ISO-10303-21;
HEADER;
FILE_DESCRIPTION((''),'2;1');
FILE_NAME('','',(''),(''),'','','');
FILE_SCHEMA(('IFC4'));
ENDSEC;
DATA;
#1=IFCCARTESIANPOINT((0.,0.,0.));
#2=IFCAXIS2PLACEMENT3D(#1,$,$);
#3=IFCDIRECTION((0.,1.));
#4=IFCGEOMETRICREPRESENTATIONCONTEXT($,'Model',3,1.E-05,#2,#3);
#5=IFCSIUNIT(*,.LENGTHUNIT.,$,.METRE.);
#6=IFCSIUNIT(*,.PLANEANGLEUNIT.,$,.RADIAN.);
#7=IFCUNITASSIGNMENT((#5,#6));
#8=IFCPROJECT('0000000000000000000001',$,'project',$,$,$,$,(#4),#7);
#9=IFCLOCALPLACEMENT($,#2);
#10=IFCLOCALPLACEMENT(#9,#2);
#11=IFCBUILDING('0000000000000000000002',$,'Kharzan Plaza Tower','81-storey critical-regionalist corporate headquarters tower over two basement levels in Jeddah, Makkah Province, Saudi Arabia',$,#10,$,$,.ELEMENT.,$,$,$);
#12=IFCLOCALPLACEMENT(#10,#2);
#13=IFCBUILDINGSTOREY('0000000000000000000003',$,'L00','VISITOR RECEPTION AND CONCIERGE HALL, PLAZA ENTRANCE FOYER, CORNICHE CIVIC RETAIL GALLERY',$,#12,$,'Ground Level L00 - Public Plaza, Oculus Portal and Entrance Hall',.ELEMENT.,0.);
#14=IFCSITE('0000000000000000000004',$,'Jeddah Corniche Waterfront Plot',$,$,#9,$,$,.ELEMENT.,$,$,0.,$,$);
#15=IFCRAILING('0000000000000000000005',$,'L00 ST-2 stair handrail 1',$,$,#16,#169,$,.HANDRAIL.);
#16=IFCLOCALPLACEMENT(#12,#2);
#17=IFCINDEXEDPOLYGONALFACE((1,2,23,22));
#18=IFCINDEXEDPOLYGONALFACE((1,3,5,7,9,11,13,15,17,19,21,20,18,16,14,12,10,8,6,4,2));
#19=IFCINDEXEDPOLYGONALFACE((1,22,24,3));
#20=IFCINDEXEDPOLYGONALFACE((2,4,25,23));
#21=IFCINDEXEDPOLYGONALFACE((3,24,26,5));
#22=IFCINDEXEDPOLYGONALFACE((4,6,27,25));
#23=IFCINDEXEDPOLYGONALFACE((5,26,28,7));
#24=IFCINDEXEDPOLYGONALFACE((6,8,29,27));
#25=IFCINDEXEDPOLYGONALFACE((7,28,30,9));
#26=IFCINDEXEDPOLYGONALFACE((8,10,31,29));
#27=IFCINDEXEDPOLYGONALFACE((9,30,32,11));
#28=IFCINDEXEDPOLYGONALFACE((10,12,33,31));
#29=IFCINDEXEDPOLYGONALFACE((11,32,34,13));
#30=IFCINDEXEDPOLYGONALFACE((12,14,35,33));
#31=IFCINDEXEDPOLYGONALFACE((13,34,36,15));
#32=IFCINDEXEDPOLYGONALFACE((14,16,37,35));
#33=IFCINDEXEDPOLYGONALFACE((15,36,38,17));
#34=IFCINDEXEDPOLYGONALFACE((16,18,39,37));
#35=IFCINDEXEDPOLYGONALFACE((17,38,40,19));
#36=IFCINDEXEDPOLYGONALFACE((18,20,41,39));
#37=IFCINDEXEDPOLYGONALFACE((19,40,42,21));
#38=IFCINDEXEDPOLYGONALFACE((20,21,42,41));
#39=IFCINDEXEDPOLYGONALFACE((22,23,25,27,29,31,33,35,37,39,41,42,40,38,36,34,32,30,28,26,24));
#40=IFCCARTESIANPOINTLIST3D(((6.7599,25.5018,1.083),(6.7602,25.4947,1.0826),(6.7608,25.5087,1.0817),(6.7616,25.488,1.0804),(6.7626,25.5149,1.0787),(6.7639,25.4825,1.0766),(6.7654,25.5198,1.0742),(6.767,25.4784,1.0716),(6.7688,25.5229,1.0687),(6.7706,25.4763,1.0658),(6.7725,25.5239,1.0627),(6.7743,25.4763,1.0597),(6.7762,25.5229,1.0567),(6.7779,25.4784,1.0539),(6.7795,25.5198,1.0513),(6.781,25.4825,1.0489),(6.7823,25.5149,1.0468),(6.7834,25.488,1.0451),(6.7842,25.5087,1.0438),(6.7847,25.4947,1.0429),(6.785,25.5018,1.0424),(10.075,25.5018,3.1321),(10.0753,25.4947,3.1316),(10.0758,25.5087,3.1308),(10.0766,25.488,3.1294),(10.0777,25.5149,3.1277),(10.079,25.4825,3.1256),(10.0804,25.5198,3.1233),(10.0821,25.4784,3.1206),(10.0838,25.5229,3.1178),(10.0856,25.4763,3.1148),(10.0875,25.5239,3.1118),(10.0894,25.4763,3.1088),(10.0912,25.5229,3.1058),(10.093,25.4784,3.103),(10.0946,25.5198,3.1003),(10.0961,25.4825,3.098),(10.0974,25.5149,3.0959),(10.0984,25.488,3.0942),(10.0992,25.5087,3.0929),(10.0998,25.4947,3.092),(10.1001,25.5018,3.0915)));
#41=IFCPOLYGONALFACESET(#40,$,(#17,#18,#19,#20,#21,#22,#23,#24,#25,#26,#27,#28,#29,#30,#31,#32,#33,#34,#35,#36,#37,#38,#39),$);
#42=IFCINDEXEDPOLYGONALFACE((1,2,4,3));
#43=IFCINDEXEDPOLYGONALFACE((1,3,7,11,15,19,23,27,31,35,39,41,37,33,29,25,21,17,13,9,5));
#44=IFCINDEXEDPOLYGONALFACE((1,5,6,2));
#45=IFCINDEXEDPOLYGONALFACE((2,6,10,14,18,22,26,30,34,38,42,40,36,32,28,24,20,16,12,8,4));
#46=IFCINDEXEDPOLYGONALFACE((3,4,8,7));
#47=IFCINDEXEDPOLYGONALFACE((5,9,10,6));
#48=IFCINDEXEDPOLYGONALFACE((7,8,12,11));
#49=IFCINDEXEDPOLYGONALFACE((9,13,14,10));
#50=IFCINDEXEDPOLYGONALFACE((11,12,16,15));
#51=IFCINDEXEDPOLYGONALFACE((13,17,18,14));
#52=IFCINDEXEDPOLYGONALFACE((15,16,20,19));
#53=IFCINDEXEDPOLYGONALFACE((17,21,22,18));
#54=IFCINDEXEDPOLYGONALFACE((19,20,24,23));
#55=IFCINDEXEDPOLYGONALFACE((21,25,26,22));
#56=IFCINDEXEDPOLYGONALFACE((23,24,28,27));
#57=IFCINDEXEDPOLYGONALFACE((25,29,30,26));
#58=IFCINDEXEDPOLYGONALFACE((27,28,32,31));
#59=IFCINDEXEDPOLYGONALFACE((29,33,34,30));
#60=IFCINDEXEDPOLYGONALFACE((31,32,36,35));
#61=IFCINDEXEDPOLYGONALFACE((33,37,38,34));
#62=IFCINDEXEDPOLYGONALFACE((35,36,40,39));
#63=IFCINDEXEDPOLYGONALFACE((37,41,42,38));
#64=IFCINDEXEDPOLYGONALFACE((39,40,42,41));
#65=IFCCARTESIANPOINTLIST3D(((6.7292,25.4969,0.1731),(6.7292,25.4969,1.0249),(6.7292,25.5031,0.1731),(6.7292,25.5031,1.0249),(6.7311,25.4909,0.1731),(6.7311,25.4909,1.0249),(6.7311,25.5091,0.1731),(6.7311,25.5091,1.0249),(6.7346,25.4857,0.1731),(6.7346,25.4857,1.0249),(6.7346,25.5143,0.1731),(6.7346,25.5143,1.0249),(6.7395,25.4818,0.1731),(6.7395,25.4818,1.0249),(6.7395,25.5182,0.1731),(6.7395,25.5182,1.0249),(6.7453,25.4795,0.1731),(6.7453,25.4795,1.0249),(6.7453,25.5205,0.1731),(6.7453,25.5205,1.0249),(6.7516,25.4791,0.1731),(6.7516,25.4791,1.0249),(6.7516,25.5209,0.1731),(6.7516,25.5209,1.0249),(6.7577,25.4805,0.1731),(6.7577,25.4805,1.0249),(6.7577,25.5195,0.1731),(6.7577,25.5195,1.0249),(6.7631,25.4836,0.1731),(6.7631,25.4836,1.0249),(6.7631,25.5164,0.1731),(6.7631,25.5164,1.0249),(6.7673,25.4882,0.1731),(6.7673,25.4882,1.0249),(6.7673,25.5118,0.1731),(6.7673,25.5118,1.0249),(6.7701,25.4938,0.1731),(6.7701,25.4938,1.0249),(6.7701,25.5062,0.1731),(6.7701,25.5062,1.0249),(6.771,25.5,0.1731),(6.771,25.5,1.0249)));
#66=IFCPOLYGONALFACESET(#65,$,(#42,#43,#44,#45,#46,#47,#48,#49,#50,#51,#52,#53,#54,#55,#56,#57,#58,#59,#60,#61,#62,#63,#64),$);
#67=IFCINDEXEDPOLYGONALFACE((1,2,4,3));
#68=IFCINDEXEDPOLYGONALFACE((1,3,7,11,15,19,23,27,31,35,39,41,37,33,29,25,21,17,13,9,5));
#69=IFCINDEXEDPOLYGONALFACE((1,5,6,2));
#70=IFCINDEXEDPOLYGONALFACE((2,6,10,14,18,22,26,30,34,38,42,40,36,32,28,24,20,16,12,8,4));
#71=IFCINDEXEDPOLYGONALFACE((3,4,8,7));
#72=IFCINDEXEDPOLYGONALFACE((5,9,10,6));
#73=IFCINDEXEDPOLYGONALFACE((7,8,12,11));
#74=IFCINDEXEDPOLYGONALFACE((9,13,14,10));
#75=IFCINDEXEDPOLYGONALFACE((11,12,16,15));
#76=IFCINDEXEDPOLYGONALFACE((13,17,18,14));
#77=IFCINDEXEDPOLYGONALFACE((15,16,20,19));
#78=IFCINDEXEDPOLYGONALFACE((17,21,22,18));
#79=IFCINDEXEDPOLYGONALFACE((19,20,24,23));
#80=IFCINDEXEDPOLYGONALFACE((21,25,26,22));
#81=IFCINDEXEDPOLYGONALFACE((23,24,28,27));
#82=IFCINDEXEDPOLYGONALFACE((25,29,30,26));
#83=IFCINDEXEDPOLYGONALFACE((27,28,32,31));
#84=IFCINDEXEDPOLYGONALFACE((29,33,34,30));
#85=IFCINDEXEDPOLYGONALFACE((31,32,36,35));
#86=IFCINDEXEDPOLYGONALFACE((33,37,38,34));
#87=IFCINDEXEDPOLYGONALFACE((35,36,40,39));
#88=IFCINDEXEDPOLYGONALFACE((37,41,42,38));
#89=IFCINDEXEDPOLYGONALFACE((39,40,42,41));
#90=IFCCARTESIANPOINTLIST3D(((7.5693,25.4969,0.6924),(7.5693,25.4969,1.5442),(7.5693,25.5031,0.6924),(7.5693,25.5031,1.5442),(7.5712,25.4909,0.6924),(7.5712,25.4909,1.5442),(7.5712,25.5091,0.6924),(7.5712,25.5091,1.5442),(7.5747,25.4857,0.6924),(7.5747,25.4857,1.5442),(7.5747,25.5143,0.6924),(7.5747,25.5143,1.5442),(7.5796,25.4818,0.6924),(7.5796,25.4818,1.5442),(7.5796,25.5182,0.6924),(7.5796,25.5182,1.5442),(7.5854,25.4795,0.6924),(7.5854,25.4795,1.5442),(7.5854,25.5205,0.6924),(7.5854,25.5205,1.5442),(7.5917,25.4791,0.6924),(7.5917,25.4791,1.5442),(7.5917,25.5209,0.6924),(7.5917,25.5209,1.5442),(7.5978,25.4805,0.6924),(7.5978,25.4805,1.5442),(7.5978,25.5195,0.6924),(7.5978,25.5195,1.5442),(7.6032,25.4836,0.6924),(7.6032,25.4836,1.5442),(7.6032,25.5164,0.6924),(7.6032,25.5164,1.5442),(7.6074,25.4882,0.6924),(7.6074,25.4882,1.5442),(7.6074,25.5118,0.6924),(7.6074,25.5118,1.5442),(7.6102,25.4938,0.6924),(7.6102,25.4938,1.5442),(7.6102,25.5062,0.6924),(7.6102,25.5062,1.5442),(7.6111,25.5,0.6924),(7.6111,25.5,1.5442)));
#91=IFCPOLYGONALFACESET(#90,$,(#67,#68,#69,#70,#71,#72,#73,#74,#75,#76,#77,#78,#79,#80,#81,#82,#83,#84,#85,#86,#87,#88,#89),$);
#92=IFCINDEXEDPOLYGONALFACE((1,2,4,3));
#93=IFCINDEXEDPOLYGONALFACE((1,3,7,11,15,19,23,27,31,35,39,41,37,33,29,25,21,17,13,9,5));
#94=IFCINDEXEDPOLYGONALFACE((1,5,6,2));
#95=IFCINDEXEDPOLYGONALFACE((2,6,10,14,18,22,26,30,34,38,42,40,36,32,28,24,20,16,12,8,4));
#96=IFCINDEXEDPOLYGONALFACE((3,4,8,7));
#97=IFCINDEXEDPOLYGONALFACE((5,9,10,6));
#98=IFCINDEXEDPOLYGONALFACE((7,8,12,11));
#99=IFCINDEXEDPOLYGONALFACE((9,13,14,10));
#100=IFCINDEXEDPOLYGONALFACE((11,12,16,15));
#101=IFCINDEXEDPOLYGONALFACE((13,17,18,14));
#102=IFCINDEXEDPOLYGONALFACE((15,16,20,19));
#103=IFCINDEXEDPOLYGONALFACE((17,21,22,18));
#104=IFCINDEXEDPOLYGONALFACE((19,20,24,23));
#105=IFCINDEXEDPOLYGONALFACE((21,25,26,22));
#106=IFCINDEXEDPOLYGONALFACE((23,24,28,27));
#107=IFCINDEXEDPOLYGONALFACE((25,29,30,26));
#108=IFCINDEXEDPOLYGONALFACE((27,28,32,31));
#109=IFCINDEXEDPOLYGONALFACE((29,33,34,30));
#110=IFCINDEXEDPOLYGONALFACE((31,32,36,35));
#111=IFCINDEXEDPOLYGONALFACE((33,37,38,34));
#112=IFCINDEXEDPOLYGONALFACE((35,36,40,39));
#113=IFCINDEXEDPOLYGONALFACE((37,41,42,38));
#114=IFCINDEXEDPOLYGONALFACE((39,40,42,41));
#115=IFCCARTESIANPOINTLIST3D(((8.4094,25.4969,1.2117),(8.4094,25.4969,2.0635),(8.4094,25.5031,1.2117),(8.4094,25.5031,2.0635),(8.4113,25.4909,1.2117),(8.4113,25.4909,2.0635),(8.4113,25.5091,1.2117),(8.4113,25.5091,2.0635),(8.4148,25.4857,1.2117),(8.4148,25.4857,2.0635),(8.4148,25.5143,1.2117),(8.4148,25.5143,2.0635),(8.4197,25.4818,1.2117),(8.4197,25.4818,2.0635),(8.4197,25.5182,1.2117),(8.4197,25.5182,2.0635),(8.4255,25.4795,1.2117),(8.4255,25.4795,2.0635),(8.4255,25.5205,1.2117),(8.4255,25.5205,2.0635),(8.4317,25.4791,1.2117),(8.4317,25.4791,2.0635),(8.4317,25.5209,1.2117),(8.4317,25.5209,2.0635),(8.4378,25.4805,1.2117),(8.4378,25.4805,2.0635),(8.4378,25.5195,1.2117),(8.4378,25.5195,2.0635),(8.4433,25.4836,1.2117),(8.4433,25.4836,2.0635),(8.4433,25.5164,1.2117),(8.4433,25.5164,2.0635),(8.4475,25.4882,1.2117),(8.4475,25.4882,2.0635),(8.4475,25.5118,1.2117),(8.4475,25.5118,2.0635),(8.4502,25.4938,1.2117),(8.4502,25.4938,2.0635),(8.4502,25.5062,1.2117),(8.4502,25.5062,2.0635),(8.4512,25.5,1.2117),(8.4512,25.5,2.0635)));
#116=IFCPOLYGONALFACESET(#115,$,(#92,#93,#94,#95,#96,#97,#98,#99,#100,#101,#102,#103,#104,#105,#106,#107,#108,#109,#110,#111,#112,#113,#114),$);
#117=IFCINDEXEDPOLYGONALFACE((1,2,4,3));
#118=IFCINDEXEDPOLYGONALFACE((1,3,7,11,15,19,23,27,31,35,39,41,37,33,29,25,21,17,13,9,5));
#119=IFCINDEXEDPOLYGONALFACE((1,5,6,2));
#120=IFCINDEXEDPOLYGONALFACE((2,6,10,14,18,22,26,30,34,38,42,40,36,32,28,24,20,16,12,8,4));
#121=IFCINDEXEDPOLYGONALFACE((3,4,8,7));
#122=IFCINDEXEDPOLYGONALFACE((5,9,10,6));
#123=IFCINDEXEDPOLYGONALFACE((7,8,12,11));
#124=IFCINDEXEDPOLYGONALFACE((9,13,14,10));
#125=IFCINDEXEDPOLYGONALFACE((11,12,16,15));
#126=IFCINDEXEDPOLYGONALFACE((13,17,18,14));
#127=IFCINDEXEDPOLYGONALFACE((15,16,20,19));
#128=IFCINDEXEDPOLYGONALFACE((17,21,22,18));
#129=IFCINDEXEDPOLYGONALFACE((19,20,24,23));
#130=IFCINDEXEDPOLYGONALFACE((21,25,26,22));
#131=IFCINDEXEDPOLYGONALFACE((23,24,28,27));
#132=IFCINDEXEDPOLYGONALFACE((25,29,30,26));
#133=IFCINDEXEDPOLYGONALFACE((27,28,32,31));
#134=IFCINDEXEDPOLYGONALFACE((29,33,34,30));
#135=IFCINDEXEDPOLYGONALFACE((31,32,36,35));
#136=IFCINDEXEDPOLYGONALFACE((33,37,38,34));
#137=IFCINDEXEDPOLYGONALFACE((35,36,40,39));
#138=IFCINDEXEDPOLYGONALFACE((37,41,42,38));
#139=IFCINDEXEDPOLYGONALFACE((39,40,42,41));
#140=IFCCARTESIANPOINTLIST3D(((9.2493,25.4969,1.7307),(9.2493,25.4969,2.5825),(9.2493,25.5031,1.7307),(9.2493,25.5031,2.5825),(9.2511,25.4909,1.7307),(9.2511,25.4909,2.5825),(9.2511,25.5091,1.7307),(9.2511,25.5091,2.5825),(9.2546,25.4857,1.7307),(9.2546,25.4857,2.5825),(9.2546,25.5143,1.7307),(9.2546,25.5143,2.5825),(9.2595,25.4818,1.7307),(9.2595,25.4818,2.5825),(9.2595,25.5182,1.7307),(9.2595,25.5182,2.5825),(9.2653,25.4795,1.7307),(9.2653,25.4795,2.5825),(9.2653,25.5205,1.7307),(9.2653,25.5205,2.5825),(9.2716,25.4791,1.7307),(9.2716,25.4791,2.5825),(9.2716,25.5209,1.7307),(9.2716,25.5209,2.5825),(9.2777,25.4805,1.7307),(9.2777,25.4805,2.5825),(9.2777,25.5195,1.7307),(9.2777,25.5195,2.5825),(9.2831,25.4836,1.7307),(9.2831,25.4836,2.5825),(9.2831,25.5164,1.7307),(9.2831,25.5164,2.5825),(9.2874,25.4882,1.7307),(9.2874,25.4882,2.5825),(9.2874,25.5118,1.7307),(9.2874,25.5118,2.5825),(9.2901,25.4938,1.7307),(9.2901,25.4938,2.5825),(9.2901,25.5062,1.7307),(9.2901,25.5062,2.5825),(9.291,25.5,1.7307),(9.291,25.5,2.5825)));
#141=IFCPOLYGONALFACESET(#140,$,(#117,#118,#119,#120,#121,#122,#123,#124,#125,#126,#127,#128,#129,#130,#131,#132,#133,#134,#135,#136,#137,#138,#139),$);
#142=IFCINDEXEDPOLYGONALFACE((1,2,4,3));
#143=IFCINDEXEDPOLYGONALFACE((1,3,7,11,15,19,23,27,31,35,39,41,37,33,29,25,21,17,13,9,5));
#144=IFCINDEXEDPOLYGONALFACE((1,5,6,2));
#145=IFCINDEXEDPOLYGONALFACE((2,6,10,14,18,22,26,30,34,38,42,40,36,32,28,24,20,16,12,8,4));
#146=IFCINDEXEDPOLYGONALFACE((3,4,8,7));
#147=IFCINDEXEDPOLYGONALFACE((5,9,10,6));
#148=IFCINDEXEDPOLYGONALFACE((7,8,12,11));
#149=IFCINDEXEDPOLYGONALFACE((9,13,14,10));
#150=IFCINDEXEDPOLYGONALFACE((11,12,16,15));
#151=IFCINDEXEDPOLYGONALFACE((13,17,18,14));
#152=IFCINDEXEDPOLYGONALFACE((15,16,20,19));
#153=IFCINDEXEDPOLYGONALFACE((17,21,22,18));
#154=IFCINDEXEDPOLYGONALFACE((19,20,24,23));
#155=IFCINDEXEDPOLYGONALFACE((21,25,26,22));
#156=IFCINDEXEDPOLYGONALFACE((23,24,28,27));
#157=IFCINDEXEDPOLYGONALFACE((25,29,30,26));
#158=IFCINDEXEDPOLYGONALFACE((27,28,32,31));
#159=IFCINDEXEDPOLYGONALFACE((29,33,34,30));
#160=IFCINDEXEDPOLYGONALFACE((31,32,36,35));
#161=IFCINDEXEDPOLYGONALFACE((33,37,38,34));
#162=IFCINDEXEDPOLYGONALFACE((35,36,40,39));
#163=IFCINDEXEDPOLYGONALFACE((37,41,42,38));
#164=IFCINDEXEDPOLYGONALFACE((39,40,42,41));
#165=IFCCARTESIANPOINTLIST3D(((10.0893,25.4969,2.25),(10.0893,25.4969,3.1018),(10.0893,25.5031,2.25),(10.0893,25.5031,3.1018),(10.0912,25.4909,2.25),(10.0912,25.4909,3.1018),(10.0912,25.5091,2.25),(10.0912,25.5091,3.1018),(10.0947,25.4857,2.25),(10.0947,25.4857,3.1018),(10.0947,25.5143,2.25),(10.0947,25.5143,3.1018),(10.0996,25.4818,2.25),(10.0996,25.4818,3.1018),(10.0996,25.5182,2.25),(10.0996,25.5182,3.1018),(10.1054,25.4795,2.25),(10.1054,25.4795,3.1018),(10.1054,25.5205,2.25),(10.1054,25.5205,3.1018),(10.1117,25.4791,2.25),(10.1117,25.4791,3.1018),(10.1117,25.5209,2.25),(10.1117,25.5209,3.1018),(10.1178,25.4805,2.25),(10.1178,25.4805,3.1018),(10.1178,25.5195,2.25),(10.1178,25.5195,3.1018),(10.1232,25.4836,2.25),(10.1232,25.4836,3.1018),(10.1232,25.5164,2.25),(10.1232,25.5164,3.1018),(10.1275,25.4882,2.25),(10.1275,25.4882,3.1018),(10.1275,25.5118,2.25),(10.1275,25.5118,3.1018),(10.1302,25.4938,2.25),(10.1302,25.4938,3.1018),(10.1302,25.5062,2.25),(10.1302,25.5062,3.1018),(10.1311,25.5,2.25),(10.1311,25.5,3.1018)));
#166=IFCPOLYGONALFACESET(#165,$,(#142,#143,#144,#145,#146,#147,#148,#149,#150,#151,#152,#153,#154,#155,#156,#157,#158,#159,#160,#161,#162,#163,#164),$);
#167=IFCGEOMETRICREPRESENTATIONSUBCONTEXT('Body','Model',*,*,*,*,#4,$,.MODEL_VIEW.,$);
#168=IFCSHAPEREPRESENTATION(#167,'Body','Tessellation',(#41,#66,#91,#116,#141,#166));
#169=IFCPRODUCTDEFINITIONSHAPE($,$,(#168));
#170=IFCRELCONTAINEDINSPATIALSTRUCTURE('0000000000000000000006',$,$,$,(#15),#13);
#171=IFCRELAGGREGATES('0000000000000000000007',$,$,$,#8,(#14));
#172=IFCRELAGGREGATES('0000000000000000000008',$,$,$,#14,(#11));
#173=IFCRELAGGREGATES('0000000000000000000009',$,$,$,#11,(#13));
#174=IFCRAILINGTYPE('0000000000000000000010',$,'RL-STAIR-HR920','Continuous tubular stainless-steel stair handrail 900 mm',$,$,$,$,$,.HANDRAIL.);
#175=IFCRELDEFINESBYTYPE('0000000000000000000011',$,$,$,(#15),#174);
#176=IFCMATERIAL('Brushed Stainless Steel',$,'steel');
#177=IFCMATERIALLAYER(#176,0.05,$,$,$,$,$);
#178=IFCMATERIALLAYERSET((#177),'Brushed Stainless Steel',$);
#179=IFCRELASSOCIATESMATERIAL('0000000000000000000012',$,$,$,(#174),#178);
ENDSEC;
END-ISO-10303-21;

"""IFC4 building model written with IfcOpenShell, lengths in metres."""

from ifc_helpers import new_model, si_unit, direction, frame, origin, origin_2d, place, context, subcontext, project, spatial, circle, extrude, source, transform, mapped, material, layer, layer_set, type_object, element, save


model = new_model("IFC4")

# Units and contexts
model_context = context("Model", 3, precision=1e-05, world=origin(), true_north=direction((0.0, 1.0)))
body_context = subcontext(model_context, "Body", "Model", "MODEL_VIEW")
ifc_project = project(units=[si_unit("LENGTHUNIT", "METRE"), si_unit("PLANEANGLEUNIT", "RADIAN")], contexts=[model_context])

# Site, building, storey
site_placement = place(None, origin())
site = spatial("IfcSite", under=ifc_project, at=site_placement, Name="Jeddah Corniche Waterfront Plot", CompositionType="ELEMENT", RefElevation=0.0)
building_placement = place(site_placement, origin())
building = spatial("IfcBuilding", under=site, at=building_placement, Name="Kharzan Plaza Tower", Description="81-storey critical-regionalist corporate headquarters tower over two basement levels in Jeddah, Makkah Province, Saudi Arabia", CompositionType="ELEMENT")
storey_placement = place(building_placement, origin())
storey = spatial("IfcBuildingStorey", under=building, at=storey_placement, Name="L00", Description="VISITOR RECEPTION AND CONCIERGE HALL, PLAZA ENTRANCE FOYER, CORNICHE CIVIC RETAIL GALLERY", LongName="Ground Level L00 - Public Plaza, Oculus Portal and Entrance Hall", CompositionType="ELEMENT", Elevation=0.0)

# Railing
ifc_material_1 = material(Name="Brushed Stainless Steel", Category="steel")
ifc_layer_1 = layer(ifc_material_1, 0.05)
ifc_layer_set_1 = layer_set([ifc_layer_1], Name="Brushed Stainless Steel")
railing_type_1 = type_object("IfcRailingType", Name="RL-STAIR-HR920", Description="Continuous tubular stainless-steel stair handrail 900 mm", PredefinedType="HANDRAIL", material=ifc_layer_set_1)
shared_shape_1 = source(origin(), body_context, "Body", "SweptSolid", [
    extrude(circle(Radius=0.0239, at=origin_2d()), frame((0.0225, 0.0, 0.8896), z_axis=(0.850623, 0.0, 0.525776), x_axis=(0.0, 1.0, 0.0)), (0.0, 0.0, 1.0), 3.8972),
    extrude(circle(Radius=0.021, at=origin_2d()), origin(), (0.0, 0.0, 1.0), 0.8518),
    extrude(circle(Radius=0.021, at=origin_2d()), frame((0.8401, 0.0, 0.5193)), (0.0, 0.0, 1.0), 0.8518),
    extrude(circle(Radius=0.021, at=origin_2d()), frame((1.6802, 0.0, 1.0386)), (0.0, 0.0, 1.0), 0.8518),
    extrude(circle(Radius=0.021, at=origin_2d()), frame((2.52, 0.0, 1.5576)), (0.0, 0.0, 1.0), 0.8518),
    extrude(circle(Radius=0.021, at=origin_2d()), frame((3.3601, 0.0, 2.0769)), (0.0, 0.0, 1.0), 0.8518),
])
railing_1_placement = place(storey_placement, frame((6.75, 25.5, 0.1731)))
element("IfcRailing", 1, at=railing_1_placement, inside=storey, type_object=railing_type_1, Name="L00 ST-2 stair handrail 1", PredefinedType="HANDRAIL", context=body_context, shape_type="MappedRepresentation", body=[
    mapped(shared_shape_1, transform((0.0, 0.0, 0.0), x_axis=(1.0, 0.0, 0.0), y_axis=(0.0, 1.0, 0.0), z_axis=(0.0, 0.0, 1.0))),
])

save(model, "model.ifc")
